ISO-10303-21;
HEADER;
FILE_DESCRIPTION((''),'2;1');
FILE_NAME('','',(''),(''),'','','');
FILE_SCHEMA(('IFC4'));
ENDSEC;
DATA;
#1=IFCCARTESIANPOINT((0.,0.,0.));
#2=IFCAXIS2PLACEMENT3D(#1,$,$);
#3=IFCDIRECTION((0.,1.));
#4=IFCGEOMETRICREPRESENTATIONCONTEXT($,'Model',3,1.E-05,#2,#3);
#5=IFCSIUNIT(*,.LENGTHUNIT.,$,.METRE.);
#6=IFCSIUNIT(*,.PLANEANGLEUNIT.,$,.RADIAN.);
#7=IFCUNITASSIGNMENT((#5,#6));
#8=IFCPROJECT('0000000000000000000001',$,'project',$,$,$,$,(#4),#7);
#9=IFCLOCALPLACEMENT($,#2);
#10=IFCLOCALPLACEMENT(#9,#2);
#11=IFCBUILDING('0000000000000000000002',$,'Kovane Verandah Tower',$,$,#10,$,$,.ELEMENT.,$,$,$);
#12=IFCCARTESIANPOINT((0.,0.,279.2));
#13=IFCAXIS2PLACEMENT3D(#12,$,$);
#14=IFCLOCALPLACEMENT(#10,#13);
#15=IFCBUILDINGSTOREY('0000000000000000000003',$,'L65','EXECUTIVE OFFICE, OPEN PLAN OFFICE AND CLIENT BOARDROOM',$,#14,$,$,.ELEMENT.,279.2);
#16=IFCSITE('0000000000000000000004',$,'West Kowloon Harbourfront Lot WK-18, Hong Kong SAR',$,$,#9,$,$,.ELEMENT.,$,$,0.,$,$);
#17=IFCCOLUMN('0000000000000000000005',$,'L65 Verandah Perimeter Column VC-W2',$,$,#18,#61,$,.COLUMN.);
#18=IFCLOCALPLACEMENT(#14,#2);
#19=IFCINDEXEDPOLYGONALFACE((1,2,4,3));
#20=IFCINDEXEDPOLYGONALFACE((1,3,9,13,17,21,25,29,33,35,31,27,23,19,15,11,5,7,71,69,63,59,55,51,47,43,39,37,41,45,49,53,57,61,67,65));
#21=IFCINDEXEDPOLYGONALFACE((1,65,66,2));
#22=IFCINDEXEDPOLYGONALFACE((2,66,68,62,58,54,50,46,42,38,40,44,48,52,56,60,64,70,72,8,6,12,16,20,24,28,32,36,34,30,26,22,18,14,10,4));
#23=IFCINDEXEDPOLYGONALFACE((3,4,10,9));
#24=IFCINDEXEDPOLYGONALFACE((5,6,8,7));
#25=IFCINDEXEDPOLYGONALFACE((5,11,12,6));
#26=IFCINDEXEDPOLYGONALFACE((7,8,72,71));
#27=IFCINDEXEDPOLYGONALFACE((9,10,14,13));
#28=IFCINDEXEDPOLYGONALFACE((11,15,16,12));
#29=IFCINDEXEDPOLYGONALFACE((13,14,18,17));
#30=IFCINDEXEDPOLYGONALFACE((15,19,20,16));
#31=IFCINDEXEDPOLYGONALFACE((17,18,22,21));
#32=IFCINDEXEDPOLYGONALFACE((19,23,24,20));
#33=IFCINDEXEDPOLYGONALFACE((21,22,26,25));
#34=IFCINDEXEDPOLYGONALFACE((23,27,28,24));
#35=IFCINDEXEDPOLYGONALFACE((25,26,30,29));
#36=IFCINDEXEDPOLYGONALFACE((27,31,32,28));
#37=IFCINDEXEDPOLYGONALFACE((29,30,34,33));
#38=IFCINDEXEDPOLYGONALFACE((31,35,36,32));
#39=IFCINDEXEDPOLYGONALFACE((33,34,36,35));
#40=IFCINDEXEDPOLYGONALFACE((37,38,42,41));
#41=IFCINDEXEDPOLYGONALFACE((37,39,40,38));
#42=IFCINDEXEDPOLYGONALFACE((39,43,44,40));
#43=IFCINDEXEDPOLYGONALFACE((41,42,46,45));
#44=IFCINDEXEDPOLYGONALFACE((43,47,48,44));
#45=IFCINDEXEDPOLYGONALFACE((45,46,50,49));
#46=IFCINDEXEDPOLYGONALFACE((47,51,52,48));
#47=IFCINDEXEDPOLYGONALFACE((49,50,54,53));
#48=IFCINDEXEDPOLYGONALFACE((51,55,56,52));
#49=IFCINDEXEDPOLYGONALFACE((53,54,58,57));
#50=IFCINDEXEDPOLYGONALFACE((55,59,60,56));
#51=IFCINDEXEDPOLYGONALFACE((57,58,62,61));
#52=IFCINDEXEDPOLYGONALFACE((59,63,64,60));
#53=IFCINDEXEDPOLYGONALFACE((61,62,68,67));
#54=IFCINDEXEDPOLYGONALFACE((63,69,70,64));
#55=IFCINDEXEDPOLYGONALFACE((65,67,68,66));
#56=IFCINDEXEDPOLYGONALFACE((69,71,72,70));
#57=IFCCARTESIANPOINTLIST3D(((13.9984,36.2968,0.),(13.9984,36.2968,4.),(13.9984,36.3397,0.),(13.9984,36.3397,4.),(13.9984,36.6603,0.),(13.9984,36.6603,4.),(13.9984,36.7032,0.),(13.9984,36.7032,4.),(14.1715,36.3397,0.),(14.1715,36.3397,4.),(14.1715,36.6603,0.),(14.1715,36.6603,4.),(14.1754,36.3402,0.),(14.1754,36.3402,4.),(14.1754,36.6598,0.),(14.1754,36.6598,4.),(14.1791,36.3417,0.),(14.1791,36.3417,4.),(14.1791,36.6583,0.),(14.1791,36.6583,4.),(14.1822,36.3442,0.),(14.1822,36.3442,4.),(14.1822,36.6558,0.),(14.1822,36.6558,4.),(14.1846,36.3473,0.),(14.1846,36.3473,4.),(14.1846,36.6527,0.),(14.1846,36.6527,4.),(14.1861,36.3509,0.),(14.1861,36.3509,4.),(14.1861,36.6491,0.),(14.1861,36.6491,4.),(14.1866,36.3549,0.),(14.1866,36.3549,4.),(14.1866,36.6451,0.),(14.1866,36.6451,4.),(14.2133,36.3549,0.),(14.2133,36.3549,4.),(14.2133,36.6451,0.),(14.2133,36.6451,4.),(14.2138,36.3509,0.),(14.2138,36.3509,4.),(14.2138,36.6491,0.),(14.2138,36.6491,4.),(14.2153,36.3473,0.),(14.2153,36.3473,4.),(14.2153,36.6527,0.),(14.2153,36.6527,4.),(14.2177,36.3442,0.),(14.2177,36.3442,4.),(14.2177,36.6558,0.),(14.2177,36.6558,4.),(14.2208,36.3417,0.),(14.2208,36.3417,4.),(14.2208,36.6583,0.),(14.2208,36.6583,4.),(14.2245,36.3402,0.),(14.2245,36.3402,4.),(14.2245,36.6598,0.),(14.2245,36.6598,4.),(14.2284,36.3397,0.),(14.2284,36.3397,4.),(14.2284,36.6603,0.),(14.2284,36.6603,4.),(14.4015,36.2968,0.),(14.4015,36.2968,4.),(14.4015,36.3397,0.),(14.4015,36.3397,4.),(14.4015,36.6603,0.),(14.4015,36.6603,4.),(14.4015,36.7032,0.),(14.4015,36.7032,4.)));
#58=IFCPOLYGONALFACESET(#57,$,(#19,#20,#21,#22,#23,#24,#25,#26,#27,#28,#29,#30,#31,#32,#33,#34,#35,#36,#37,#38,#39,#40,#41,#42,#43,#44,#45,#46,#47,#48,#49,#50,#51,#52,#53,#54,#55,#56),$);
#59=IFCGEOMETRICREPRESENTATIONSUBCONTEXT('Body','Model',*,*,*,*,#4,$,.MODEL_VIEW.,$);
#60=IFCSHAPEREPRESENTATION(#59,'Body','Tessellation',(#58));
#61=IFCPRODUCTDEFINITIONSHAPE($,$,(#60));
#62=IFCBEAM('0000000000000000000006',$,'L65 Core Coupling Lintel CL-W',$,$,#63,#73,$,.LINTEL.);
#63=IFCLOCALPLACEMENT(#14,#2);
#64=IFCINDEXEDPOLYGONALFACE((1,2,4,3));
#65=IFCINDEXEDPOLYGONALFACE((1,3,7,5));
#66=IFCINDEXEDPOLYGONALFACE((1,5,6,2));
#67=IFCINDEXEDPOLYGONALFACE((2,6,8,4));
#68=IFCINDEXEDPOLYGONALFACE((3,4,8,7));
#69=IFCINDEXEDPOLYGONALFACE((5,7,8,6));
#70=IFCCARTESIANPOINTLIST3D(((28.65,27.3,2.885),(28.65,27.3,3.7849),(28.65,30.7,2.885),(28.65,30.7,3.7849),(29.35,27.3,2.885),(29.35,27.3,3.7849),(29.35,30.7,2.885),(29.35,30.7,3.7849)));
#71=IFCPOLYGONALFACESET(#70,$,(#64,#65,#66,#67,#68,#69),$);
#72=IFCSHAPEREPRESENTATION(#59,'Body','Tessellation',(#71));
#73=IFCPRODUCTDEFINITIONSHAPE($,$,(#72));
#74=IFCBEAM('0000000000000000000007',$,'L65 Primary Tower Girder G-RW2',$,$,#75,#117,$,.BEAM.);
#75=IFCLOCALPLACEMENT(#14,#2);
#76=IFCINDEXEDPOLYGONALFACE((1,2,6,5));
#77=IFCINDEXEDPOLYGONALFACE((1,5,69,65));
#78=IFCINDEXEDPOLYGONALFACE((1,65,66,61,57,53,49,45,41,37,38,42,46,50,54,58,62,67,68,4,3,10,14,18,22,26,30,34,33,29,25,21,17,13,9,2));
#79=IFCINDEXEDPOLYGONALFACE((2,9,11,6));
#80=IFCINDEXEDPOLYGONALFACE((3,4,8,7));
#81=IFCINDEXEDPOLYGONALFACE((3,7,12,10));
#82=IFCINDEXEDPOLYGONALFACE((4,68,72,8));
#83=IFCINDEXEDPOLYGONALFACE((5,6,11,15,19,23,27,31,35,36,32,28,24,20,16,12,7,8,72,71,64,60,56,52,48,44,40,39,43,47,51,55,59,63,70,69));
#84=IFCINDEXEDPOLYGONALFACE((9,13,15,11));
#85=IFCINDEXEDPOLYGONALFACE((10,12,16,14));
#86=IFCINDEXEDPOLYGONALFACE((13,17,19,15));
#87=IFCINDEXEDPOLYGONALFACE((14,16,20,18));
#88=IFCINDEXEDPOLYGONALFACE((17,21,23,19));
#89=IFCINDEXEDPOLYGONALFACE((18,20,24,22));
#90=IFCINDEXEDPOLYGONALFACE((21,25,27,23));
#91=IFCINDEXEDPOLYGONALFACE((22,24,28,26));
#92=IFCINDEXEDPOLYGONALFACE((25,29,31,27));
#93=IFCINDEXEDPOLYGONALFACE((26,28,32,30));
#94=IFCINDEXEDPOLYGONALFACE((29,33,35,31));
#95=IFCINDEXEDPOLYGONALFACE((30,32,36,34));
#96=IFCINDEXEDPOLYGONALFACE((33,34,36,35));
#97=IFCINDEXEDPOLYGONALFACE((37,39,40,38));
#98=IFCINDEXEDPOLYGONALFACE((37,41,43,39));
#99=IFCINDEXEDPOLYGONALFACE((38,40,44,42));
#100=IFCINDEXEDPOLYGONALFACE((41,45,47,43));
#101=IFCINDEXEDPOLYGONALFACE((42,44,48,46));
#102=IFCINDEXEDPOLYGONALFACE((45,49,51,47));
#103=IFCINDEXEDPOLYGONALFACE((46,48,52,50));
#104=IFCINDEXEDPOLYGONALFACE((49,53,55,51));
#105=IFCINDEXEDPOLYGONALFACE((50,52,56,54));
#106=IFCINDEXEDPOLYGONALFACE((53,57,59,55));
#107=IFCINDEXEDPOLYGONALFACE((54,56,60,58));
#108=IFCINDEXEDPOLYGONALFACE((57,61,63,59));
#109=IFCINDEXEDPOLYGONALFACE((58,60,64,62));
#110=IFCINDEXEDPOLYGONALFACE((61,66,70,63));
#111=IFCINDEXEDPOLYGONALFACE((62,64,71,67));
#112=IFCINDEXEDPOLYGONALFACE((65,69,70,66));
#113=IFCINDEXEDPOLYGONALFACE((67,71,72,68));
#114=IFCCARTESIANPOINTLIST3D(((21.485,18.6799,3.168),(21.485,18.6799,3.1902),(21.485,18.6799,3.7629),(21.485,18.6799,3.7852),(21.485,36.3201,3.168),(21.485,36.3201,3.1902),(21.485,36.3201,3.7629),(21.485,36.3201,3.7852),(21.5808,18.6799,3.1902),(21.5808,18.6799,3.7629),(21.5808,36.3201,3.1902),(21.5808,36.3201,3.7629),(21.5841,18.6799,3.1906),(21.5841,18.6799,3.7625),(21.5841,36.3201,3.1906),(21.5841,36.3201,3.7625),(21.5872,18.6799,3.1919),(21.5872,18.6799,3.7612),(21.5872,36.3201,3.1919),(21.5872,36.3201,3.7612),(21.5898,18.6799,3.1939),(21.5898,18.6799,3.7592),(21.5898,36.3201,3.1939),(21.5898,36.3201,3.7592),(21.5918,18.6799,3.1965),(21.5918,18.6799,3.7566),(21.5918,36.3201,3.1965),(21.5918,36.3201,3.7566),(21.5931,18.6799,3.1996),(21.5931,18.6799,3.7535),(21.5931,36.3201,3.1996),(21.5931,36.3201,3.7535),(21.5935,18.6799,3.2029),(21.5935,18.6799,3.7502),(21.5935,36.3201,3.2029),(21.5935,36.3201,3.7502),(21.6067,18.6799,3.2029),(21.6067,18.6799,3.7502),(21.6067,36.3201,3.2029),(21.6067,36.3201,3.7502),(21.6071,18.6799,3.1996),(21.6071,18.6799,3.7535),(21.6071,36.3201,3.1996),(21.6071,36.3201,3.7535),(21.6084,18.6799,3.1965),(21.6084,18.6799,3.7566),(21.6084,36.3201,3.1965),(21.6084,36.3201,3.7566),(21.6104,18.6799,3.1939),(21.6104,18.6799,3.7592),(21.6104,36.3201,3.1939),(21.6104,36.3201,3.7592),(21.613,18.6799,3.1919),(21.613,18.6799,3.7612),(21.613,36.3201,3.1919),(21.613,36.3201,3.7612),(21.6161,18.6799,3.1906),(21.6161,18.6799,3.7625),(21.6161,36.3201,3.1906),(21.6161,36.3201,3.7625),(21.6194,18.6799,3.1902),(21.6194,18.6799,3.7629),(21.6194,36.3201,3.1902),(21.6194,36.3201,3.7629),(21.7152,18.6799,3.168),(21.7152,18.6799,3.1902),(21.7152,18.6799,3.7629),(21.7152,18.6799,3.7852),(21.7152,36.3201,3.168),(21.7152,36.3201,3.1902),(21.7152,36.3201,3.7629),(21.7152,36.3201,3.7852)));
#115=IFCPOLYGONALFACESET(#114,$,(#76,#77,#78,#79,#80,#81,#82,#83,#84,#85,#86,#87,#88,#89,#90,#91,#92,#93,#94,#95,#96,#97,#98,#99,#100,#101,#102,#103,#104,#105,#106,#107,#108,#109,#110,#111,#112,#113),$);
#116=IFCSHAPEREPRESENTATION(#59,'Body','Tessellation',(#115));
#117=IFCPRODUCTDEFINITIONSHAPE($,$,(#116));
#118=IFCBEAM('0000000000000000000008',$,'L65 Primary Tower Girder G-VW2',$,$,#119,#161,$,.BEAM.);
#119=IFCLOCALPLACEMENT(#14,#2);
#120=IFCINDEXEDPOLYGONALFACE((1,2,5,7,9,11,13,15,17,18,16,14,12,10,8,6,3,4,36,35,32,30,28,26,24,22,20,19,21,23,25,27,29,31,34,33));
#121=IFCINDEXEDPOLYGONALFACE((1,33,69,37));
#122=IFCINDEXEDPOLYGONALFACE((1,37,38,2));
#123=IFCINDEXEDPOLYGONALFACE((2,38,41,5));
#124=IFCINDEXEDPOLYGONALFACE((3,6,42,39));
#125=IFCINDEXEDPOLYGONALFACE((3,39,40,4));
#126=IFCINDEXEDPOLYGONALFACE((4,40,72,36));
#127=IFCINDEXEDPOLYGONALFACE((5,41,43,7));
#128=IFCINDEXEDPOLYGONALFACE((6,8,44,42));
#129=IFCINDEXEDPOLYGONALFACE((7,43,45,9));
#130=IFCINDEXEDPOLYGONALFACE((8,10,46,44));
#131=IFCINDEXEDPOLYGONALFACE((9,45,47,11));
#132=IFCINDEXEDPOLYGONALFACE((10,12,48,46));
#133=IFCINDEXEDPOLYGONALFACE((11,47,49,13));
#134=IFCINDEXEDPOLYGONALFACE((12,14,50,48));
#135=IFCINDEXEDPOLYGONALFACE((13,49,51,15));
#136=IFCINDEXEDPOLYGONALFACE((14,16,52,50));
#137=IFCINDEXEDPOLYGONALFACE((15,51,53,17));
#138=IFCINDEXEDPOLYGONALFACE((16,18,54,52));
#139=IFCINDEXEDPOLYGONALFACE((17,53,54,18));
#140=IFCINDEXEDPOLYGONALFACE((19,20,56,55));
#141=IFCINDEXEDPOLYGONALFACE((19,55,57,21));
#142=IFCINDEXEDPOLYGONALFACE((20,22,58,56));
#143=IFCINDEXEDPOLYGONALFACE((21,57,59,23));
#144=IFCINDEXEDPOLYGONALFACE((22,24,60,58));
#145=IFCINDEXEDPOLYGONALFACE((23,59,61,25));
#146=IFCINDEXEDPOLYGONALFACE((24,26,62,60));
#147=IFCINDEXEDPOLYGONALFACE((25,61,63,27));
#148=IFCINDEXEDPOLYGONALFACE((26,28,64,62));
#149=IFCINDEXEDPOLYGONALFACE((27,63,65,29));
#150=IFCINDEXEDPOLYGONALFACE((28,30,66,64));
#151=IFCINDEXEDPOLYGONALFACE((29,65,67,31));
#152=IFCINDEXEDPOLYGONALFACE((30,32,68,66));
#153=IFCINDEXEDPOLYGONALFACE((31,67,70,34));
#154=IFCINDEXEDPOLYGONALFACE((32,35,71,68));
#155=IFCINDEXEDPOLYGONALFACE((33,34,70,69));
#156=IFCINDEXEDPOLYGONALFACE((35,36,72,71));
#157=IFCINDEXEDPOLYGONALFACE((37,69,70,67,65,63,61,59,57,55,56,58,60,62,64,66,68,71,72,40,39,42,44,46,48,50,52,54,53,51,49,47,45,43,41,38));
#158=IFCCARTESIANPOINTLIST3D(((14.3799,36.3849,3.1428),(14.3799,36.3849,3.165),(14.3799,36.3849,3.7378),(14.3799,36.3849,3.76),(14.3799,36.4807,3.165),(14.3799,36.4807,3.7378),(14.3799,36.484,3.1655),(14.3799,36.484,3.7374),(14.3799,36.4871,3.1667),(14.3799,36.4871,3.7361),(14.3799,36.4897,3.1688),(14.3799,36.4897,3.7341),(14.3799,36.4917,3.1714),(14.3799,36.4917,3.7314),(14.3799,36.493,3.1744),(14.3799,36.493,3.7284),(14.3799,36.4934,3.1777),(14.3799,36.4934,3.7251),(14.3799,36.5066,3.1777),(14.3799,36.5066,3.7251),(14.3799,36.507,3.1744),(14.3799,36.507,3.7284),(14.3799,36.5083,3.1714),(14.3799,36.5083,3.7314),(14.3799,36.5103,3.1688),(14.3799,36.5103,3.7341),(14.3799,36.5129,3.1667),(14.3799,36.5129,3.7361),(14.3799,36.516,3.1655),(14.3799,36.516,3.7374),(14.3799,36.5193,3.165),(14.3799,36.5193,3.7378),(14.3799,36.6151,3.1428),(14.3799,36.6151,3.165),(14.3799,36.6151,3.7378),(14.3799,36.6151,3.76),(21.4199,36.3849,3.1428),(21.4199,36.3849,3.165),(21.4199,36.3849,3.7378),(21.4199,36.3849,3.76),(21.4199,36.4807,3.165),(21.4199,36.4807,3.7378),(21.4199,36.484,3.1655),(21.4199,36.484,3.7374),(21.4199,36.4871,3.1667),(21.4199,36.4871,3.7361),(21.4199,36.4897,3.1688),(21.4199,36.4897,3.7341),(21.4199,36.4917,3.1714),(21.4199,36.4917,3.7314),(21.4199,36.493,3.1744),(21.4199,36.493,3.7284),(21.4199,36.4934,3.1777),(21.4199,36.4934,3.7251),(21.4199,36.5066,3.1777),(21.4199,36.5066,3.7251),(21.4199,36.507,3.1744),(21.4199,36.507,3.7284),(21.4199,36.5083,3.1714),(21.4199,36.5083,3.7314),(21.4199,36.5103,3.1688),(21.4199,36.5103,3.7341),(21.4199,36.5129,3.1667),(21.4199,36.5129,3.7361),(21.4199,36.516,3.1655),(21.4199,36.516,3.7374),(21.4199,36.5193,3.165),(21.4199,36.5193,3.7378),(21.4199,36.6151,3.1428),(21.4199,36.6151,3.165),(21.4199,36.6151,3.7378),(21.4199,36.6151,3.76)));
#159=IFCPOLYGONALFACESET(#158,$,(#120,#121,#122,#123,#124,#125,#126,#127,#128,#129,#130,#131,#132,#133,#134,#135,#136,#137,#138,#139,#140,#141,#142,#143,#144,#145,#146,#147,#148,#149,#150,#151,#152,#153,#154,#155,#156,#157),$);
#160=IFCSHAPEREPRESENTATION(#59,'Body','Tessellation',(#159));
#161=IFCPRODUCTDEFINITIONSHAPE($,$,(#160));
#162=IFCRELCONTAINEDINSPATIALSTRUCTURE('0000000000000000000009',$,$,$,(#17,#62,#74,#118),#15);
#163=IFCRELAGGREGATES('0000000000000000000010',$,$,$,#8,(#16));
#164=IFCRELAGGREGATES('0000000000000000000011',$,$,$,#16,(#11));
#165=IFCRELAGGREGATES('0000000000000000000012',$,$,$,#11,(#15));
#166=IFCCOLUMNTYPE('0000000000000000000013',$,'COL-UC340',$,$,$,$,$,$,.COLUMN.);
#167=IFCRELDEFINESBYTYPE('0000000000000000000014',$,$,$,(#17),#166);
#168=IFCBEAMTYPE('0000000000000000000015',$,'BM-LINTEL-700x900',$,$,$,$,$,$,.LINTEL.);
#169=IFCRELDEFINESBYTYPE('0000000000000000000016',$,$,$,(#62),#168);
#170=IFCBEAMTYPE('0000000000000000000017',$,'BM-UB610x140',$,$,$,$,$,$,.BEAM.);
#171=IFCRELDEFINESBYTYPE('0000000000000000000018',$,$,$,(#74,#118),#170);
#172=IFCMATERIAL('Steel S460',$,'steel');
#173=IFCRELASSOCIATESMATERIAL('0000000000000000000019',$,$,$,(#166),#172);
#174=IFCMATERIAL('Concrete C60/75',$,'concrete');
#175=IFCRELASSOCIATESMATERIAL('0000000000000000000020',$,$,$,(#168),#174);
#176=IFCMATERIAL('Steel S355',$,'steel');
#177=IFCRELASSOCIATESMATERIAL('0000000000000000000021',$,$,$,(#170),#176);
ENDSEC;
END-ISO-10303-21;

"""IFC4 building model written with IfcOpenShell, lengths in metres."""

from ifc_helpers import new_model, si_unit, direction, frame, origin, origin_2d, place, context, subcontext, project, spatial, rectangle, i_section, extrude, material, material_profile, profile_set, type_object, element, save


model = new_model("IFC4")

# Units and contexts
model_context = context("Model", 3, precision=1e-05, world=origin(), true_north=direction((0.0, 1.0)))
body_context = subcontext(model_context, "Body", "Model", "MODEL_VIEW")
ifc_project = project(units=[si_unit("LENGTHUNIT", "METRE"), si_unit("PLANEANGLEUNIT", "RADIAN")], contexts=[model_context])

# Site, building, storey
site_placement = place(None, origin())
site = spatial("IfcSite", under=ifc_project, at=site_placement, Name="West Kowloon Harbourfront Lot WK-18, Hong Kong SAR", CompositionType="ELEMENT", RefElevation=0.0)
building_placement = place(site_placement, origin())
building = spatial("IfcBuilding", under=site, at=building_placement, Name="Kovane Verandah Tower", CompositionType="ELEMENT")
storey_placement = place(building_placement, frame((0.0, 0.0, 279.2)))
storey = spatial("IfcBuildingStorey", under=building, at=storey_placement, Name="L65", Description="EXECUTIVE OFFICE, OPEN PLAN OFFICE AND CLIENT BOARDROOM", CompositionType="ELEMENT", Elevation=279.2)

# Column
ifc_material_1 = material(Name="Steel S460", Category="steel")
ifc_material_profile_1 = material_profile(ifc_material_1, i_section(OverallWidth=0.4031, OverallDepth=0.4065, WebThickness=0.0266, FlangeThickness=0.043, FilletRadius=0.0151, at=origin_2d()), Name="UC356x406x340")
ifc_profile_set_1 = profile_set([ifc_material_profile_1], Name="Steel S460")
column_type = type_object("IfcColumnType", Name="COL-UC340", PredefinedType="COLUMN", material=ifc_profile_set_1)
column_placement = place(storey_placement, frame((14.2, 36.5, 0.0), z_axis=(0.0, 0.0, 1.0), x_axis=(1.0, 0.0, 0.0)))
element("IfcColumn", 1, at=column_placement, inside=storey, type_object=column_type, Name="L65 Verandah Perimeter Column VC-W2", PredefinedType="COLUMN", context=body_context, shape_type="SweptSolid", body=[
    extrude(i_section(OverallWidth=0.4031, OverallDepth=0.4065, WebThickness=0.0266, FlangeThickness=0.043, FilletRadius=0.0151, at=origin_2d()), origin(), (0.0, 0.0, 1.0), 4.0),
])

# Beams
ifc_material_2 = material(Name="Concrete C60/75", Category="concrete")
ifc_material_profile_2 = material_profile(ifc_material_2, rectangle(XDim=0.7, YDim=0.8999, at=origin_2d()), Name="RCB700x900")
ifc_profile_set_2 = profile_set([ifc_material_profile_2], Name="Concrete C60/75")
beam_type_1 = type_object("IfcBeamType", Name="BM-LINTEL-700x900", PredefinedType="LINTEL", material=ifc_profile_set_2)
beam_1_placement = place(storey_placement, frame((29.0, 27.3, 3.335), z_axis=(0.0, 1.0, 0.0), x_axis=(-1.0, 0.0, 0.0)))
element("IfcBeam", 2, at=beam_1_placement, inside=storey, type_object=beam_type_1, Name="L65 Core Coupling Lintel CL-W", PredefinedType="LINTEL", context=body_context, shape_type="SweptSolid", body=[
    extrude(rectangle(XDim=0.7, YDim=0.8999, at=origin_2d()), origin(), (0.0, 0.0, 1.0), 3.3999),
])
ifc_material_3 = material(Name="Steel S355", Category="steel")
ifc_material_profile_3 = material_profile(ifc_material_3, i_section(OverallWidth=0.2302, OverallDepth=0.6172, WebThickness=0.0132, FlangeThickness=0.0222, FilletRadius=0.0127, at=origin_2d()), Name="UB610x229x140")
ifc_profile_set_3 = profile_set([ifc_material_profile_3], Name="Steel S355")
beam_type_2 = type_object("IfcBeamType", Name="BM-UB610x140", PredefinedType="BEAM", material=ifc_profile_set_3)
beam_2_placement = place(storey_placement, frame((21.6001, 18.6799, 3.4766), z_axis=(0.0, 1.0, 0.0), x_axis=(-1.0, 0.0, 0.0)))
element("IfcBeam", 3, at=beam_2_placement, inside=storey, type_object=beam_type_2, Name="L65 Primary Tower Girder G-RW2", PredefinedType="BEAM", context=body_context, shape_type="SweptSolid", body=[
    extrude(i_section(OverallWidth=0.2302, OverallDepth=0.6172, WebThickness=0.0132, FlangeThickness=0.0222, FilletRadius=0.0127, at=origin_2d()), origin(), (0.0, 0.0, 1.0), 17.6401),
])
beam_3_placement = place(storey_placement, frame((21.4199, 36.5, 3.4514), z_axis=(-1.0, 0.0, 0.0), x_axis=(0.0, -1.0, 0.0)))
element("IfcBeam", 4, at=beam_3_placement, inside=storey, type_object=beam_type_2, Name="L65 Primary Tower Girder G-VW2", PredefinedType="BEAM", context=body_context, shape_type="SweptSolid", body=[
    extrude(i_section(OverallWidth=0.2302, OverallDepth=0.6172, WebThickness=0.0132, FlangeThickness=0.0222, FilletRadius=0.0127, at=origin_2d()), origin(), (0.0, 0.0, 1.0), 7.04),
])

save(model, "model.ifc")
